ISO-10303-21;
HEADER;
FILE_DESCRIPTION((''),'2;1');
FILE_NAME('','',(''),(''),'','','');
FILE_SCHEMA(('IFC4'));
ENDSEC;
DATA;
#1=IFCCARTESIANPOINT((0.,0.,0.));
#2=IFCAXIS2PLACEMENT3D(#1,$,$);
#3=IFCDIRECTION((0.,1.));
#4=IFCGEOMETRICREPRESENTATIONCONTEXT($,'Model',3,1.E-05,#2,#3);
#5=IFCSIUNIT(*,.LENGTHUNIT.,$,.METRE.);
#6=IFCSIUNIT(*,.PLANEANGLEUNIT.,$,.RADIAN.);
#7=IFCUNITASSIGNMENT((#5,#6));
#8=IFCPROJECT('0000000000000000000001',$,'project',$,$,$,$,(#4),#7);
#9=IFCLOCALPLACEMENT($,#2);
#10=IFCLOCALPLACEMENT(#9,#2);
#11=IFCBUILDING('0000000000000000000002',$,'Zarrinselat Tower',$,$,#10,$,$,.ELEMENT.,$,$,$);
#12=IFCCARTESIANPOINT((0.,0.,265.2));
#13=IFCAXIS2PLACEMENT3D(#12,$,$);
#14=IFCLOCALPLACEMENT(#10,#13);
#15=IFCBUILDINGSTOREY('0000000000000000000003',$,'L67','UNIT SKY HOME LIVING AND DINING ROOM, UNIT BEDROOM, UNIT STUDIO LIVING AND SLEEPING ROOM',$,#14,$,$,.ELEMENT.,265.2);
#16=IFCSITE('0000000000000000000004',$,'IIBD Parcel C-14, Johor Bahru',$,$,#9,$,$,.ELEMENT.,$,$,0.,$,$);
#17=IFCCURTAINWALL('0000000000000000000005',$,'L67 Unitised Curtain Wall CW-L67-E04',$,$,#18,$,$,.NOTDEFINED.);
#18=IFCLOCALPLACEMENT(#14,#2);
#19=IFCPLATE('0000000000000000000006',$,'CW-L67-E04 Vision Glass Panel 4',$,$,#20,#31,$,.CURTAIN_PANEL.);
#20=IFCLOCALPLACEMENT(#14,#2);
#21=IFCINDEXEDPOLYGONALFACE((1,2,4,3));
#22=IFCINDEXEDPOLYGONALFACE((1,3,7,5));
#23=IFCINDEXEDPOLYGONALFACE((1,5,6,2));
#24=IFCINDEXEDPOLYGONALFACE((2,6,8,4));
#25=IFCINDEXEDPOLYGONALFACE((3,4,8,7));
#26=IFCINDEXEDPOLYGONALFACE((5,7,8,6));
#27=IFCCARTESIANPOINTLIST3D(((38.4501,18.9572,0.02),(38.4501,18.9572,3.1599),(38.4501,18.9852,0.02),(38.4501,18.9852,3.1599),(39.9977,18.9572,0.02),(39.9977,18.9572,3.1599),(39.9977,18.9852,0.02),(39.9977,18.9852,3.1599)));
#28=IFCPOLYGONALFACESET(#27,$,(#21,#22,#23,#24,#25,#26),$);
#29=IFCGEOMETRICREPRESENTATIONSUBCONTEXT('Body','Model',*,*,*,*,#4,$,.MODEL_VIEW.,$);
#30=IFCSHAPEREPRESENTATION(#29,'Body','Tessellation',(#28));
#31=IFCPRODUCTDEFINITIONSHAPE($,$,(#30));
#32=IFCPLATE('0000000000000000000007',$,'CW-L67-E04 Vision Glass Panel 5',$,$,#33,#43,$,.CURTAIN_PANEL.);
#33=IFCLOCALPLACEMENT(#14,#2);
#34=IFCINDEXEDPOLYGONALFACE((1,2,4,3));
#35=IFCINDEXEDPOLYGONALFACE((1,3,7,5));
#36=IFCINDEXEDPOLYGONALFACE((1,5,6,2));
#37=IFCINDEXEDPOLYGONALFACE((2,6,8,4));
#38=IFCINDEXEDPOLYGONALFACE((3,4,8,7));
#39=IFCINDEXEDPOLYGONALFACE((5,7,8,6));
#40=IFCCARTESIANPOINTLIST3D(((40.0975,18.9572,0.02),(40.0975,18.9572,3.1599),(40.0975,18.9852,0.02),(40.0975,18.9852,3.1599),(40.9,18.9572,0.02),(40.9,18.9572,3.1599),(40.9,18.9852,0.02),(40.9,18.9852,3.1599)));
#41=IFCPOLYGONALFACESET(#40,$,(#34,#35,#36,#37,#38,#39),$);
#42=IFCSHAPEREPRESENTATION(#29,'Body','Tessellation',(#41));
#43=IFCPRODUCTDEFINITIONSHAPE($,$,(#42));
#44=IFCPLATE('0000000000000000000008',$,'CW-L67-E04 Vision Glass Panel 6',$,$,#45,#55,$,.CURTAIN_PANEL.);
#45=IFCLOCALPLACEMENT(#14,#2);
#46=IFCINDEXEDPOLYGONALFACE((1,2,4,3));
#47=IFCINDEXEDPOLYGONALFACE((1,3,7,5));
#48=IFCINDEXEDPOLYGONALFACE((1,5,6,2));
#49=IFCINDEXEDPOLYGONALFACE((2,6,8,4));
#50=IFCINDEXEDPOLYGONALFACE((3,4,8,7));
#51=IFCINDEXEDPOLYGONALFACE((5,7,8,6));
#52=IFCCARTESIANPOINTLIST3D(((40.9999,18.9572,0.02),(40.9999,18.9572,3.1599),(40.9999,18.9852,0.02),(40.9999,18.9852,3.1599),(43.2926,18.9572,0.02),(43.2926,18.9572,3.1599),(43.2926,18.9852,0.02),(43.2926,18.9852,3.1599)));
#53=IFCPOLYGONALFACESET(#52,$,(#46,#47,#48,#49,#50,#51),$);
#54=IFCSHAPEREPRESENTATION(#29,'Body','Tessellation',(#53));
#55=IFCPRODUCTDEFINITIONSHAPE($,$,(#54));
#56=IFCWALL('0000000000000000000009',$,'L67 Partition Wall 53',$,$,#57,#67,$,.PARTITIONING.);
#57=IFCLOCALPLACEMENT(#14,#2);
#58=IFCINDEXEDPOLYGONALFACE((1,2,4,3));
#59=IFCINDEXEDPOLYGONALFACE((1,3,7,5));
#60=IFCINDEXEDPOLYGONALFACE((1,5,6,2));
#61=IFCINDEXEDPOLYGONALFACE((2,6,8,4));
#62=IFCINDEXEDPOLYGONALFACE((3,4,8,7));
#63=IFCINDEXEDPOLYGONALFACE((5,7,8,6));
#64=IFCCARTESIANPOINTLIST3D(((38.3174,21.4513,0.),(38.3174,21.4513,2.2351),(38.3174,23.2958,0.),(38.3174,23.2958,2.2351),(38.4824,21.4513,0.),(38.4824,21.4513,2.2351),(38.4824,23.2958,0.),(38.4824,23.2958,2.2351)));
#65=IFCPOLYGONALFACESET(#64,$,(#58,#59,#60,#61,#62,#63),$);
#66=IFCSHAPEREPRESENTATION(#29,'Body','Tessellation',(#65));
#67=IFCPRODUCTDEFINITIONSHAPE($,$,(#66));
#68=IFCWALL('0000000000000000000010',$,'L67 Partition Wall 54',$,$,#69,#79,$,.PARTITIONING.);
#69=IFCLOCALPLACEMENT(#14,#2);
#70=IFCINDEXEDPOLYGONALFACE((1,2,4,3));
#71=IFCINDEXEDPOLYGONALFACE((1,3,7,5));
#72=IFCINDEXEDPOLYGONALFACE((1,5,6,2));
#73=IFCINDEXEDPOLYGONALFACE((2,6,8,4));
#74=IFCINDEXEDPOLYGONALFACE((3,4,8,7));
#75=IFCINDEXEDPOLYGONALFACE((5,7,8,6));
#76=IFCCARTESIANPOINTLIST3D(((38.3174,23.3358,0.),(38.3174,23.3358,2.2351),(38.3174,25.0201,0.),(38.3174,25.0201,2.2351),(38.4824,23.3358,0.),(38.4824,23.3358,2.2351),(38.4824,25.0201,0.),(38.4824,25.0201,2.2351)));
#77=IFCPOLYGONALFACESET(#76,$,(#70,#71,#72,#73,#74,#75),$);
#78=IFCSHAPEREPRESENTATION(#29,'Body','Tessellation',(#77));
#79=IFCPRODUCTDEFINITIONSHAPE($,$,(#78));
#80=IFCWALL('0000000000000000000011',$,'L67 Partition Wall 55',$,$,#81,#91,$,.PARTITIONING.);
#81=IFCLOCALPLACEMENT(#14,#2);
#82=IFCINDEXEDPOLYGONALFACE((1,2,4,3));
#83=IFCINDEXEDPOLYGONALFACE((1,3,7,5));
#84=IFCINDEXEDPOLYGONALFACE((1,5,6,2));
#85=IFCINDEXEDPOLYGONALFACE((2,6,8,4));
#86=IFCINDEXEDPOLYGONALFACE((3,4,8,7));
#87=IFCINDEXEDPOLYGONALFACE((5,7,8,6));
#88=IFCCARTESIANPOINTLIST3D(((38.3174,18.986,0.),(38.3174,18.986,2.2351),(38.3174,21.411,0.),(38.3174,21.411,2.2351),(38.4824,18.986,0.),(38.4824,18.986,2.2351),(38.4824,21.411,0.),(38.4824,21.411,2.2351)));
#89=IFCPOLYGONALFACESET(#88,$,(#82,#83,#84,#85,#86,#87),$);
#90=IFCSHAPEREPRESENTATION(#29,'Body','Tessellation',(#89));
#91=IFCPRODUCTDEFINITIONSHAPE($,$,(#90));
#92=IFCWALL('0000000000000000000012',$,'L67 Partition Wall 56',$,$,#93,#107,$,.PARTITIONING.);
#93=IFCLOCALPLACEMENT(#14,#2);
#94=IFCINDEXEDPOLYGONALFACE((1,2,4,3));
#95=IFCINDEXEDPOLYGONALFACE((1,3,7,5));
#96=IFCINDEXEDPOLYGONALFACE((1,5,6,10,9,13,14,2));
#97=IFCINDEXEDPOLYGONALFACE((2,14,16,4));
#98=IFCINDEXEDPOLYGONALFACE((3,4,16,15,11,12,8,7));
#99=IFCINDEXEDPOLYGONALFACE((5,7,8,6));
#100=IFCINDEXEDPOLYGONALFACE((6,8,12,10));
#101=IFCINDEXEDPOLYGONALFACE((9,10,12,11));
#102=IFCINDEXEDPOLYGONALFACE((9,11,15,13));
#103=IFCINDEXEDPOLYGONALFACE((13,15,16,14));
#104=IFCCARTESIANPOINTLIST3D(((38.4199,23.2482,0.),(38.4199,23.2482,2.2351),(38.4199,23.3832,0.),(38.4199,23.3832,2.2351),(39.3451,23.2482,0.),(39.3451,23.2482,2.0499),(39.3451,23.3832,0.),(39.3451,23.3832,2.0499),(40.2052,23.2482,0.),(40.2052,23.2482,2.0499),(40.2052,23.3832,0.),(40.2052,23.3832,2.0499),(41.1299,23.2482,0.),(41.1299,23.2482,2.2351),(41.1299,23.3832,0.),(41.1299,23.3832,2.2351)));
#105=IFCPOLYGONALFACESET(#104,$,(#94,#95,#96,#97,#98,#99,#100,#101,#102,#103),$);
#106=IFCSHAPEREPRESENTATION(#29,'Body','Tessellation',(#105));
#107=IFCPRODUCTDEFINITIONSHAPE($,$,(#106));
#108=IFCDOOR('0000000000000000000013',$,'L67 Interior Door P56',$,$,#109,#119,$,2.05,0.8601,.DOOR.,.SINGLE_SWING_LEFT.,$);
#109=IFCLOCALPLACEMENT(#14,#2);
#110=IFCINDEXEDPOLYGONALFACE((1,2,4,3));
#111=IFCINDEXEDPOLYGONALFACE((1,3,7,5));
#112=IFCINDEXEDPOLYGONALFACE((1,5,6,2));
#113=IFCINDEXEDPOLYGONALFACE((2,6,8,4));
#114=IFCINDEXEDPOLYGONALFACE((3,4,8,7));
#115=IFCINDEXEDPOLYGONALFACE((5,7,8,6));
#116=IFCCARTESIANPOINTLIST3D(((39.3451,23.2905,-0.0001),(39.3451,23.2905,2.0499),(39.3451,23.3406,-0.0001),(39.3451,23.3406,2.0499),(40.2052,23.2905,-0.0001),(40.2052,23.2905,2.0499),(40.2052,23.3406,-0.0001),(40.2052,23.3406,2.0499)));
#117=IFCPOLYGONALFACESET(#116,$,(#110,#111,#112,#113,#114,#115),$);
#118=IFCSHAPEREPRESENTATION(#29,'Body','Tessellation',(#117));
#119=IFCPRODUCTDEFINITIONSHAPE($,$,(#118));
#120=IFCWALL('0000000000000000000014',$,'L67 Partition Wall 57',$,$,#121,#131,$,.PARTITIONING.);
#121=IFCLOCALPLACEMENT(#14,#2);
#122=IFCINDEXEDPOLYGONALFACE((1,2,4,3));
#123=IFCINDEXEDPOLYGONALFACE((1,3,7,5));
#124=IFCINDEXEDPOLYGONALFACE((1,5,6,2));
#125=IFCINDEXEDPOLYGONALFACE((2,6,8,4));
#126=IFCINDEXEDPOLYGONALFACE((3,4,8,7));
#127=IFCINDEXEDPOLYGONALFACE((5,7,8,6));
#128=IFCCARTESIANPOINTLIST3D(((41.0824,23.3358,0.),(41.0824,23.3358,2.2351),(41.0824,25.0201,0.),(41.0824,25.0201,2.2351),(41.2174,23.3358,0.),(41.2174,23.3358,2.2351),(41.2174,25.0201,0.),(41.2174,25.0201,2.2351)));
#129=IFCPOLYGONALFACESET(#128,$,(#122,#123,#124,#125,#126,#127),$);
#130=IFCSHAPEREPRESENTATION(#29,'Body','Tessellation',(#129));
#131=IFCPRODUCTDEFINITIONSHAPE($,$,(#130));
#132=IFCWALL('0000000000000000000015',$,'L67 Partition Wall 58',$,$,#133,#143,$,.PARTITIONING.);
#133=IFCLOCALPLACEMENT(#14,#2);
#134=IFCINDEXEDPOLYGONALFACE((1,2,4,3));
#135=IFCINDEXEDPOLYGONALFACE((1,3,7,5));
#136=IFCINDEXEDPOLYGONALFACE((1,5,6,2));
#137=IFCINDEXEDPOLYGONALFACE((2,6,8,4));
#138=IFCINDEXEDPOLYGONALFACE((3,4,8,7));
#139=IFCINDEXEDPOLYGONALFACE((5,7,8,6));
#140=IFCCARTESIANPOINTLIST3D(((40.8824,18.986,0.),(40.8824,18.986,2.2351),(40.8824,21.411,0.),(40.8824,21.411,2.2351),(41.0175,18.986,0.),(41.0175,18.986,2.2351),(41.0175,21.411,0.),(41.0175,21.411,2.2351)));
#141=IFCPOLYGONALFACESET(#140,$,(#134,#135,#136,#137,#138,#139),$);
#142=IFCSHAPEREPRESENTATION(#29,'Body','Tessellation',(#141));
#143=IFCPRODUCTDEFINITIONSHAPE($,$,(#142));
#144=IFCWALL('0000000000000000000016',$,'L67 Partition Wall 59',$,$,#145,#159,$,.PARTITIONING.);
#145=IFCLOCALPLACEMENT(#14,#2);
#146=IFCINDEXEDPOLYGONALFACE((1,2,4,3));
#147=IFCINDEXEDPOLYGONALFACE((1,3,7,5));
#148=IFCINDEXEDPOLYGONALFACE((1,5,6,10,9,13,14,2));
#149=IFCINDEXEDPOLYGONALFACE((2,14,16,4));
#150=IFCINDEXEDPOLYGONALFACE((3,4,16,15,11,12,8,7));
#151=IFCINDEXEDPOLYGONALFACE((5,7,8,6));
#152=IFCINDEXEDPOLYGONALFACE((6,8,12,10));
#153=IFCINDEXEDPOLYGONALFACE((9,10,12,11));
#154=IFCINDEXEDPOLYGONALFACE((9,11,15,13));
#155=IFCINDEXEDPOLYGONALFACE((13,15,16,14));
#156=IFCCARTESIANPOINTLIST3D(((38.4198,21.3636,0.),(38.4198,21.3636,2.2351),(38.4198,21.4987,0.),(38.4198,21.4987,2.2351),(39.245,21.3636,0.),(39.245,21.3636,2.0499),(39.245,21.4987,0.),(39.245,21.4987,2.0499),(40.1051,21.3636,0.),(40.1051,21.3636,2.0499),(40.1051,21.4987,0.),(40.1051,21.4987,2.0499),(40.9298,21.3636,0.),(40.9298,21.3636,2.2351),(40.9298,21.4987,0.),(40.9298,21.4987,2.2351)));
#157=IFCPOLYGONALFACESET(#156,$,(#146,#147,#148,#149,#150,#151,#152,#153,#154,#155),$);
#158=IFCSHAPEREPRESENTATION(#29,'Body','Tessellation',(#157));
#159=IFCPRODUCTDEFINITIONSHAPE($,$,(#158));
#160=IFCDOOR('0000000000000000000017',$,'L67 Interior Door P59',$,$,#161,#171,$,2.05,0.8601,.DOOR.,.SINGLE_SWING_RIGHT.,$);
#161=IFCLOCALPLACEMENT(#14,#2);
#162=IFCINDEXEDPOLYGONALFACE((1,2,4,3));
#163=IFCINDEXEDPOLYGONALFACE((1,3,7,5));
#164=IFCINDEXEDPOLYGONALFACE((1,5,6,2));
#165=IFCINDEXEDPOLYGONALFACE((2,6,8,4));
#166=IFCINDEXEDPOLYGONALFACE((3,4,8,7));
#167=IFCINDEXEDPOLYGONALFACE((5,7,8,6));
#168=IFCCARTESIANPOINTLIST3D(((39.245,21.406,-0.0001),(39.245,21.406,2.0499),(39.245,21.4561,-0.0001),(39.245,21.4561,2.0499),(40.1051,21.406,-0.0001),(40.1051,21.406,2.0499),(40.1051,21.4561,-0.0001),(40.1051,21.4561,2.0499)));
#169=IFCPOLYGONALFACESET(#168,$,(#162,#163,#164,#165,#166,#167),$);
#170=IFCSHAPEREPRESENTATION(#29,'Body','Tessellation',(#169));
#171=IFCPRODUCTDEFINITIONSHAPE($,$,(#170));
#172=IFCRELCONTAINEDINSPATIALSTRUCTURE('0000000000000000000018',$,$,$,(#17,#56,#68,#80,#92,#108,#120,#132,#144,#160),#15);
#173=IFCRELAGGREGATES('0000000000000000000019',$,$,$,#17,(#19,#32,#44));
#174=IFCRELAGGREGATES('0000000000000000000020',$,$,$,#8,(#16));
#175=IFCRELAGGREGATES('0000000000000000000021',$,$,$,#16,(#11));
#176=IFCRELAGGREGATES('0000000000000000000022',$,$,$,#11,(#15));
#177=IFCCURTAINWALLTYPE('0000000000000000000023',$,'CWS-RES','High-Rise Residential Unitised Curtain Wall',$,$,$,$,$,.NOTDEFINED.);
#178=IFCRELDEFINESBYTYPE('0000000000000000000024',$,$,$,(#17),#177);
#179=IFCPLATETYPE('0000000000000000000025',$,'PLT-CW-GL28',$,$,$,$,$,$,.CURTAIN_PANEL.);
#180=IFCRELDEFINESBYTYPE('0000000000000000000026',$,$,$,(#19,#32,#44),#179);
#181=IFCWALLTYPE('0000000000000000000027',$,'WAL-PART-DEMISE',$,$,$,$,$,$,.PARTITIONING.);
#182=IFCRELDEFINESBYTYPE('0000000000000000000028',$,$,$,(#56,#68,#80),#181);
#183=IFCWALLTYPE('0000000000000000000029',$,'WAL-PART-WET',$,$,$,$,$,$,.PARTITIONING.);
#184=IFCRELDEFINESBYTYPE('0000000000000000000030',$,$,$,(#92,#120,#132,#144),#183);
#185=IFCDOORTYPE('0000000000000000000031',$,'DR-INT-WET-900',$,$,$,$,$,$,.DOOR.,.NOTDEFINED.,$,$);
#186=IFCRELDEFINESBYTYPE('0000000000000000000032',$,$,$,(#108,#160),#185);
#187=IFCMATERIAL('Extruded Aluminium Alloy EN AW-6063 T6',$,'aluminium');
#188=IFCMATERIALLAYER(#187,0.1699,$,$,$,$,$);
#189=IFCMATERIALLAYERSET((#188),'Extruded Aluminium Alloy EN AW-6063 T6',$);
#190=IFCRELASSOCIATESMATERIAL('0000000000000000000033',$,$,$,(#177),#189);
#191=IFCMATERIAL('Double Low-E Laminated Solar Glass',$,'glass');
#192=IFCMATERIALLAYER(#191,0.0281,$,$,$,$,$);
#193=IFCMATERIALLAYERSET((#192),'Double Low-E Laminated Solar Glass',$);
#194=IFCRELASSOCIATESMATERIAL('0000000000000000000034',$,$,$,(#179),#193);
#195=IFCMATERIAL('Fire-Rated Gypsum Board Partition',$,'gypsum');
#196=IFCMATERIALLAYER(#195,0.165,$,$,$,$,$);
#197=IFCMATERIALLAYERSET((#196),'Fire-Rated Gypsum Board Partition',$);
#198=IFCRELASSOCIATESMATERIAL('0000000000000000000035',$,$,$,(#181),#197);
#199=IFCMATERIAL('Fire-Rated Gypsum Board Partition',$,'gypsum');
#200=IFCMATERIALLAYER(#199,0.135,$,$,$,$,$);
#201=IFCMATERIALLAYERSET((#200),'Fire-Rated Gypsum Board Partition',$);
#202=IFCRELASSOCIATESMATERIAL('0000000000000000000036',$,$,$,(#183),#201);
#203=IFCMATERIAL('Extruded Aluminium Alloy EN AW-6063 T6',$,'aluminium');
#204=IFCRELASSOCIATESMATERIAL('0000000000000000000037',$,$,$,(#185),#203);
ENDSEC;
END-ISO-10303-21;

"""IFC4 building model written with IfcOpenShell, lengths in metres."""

from ifc_helpers import new_model, si_unit, direction, frame, frame_2d, origin, origin_2d, place, context, subcontext, project, spatial, rectangle, extrude, material, layer, layer_set, type_object, element, fill, aggregate, save


model = new_model("IFC4")

# Units and contexts
model_context = context("Model", 3, precision=1e-05, world=origin(), true_north=direction((0.0, 1.0)))
body_context = subcontext(model_context, "Body", "Model", "MODEL_VIEW")
ifc_project = project(units=[si_unit("LENGTHUNIT", "METRE"), si_unit("PLANEANGLEUNIT", "RADIAN")], contexts=[model_context])

# Site, building, storey
site_placement = place(None, origin())
site = spatial("IfcSite", under=ifc_project, at=site_placement, Name="IIBD Parcel C-14, Johor Bahru", CompositionType="ELEMENT", RefElevation=0.0)
building_placement = place(site_placement, origin())
building = spatial("IfcBuilding", under=site, at=building_placement, Name="Zarrinselat Tower", CompositionType="ELEMENT")
storey_placement = place(building_placement, frame((0.0, 0.0, 265.2)))
storey = spatial("IfcBuildingStorey", under=building, at=storey_placement, Name="L67", Description="UNIT SKY HOME LIVING AND DINING ROOM, UNIT BEDROOM, UNIT STUDIO LIVING AND SLEEPING ROOM", CompositionType="ELEMENT", Elevation=265.2)

# Curtain wall, plates
ifc_material_1 = material(Name="Extruded Aluminium Alloy EN AW-6063 T6", Category="aluminium")
ifc_layer_1 = layer(ifc_material_1, 0.1699)
ifc_layer_set_1 = layer_set([ifc_layer_1], Name="Extruded Aluminium Alloy EN AW-6063 T6")
curtain_wall_type = type_object("IfcCurtainWallType", Name="CWS-RES", Description="High-Rise Residential Unitised Curtain Wall", PredefinedType="NOTDEFINED", material=ifc_layer_set_1)
curtain_wall_placement = place(storey_placement, origin())
curtain_wall = element("IfcCurtainWall", 1, at=curtain_wall_placement, inside=storey, type_object=curtain_wall_type, Name="L67 Unitised Curtain Wall CW-L67-E04", PredefinedType="NOTDEFINED")
ifc_material_2 = material(Name="Double Low-E Laminated Solar Glass", Category="glass")
ifc_layer_2 = layer(ifc_material_2, 0.0281)
ifc_layer_set_2 = layer_set([ifc_layer_2], Name="Double Low-E Laminated Solar Glass")
plate_type = type_object("IfcPlateType", Name="PLT-CW-GL28", PredefinedType="CURTAIN_PANEL", material=ifc_layer_set_2)
plate_1_placement = place(storey_placement, frame((39.2239, 18.9712, 0.02), z_axis=(0.0, 0.0, 1.0), x_axis=(1.0, 0.0, 0.0)))
plate_1 = element("IfcPlate", 2, at=plate_1_placement, type_object=plate_type, Name="CW-L67-E04 Vision Glass Panel 4", PredefinedType="CURTAIN_PANEL", context=body_context, shape_type="SweptSolid", body=[
    extrude(rectangle(XDim=1.5476, YDim=0.0281, at=origin_2d()), origin(), (0.0, 0.0, 1.0), 3.1399),
])
plate_2_placement = place(storey_placement, frame((40.4988, 18.9712, 0.02), z_axis=(0.0, 0.0, 1.0), x_axis=(1.0, 0.0, 0.0)))
plate_2 = element("IfcPlate", 3, at=plate_2_placement, type_object=plate_type, Name="CW-L67-E04 Vision Glass Panel 5", PredefinedType="CURTAIN_PANEL", context=body_context, shape_type="SweptSolid", body=[
    extrude(rectangle(XDim=0.8025, YDim=0.0281, at=origin_2d()), origin(), (0.0, 0.0, 1.0), 3.1399),
])
plate_3_placement = place(storey_placement, frame((42.1462, 18.9712, 0.02), z_axis=(0.0, 0.0, 1.0), x_axis=(1.0, 0.0, 0.0)))
plate_3 = element("IfcPlate", 4, at=plate_3_placement, type_object=plate_type, Name="CW-L67-E04 Vision Glass Panel 6", PredefinedType="CURTAIN_PANEL", context=body_context, shape_type="SweptSolid", body=[
    extrude(rectangle(XDim=2.2927, YDim=0.0281, at=origin_2d()), origin(), (0.0, 0.0, 1.0), 3.1399),
])
aggregate(curtain_wall, [plate_1, plate_2, plate_3])

# Walls
ifc_material_3 = material(Name="Fire-Rated Gypsum Board Partition", Category="gypsum")
ifc_layer_3 = layer(ifc_material_3, 0.165)
ifc_layer_set_3 = layer_set([ifc_layer_3], Name="Fire-Rated Gypsum Board Partition")
wall_type_1 = type_object("IfcWallType", Name="WAL-PART-DEMISE", PredefinedType="PARTITIONING", material=ifc_layer_set_3)
wall_1_placement = place(storey_placement, frame((38.3999, 21.4512, 0.0), z_axis=(0.0, 0.0, 1.0), x_axis=(0.0, 1.0, 0.0)))
element("IfcWall", 5, at=wall_1_placement, inside=storey, type_object=wall_type_1, Name="L67 Partition Wall 53", PredefinedType="PARTITIONING", context=body_context, shape_type="SweptSolid", body=[
    extrude(rectangle(XDim=1.8445, YDim=0.165, at=frame_2d((0.9224, 0.0))), origin(), (0.0, 0.0, 1.0), 2.2351),
])
wall_2_placement = place(storey_placement, frame((38.3999, 23.3357, 0.0), z_axis=(0.0, 0.0, 1.0), x_axis=(0.0, 1.0, 0.0)))
element("IfcWall", 6, at=wall_2_placement, inside=storey, type_object=wall_type_1, Name="L67 Partition Wall 54", PredefinedType="PARTITIONING", context=body_context, shape_type="SweptSolid", body=[
    extrude(rectangle(XDim=1.6843, YDim=0.165, at=frame_2d((0.8423, 0.0))), origin(), (0.0, 0.0, 1.0), 2.2351),
])
wall_3_placement = place(storey_placement, frame((38.3999, 18.9861, 0.0), z_axis=(0.0, 0.0, 1.0), x_axis=(0.0, 1.0, 0.0)))
element("IfcWall", 7, at=wall_3_placement, inside=storey, type_object=wall_type_1, Name="L67 Partition Wall 55", PredefinedType="PARTITIONING", context=body_context, shape_type="SweptSolid", body=[
    extrude(rectangle(XDim=2.425, YDim=0.165, at=frame_2d((1.2124, 0.0))), origin(), (0.0, 0.0, 1.0), 2.2351),
])

# Wall, opening, door
ifc_material_4 = material(Name="Fire-Rated Gypsum Board Partition", Category="gypsum")
ifc_layer_4 = layer(ifc_material_4, 0.135)
ifc_layer_set_4 = layer_set([ifc_layer_4], Name="Fire-Rated Gypsum Board Partition")
wall_type_2 = type_object("IfcWallType", Name="WAL-PART-WET", PredefinedType="PARTITIONING", material=ifc_layer_set_4)
wall_4_placement = place(storey_placement, frame((38.4199, 23.3157, 0.0), z_axis=(0.0, 0.0, 1.0), x_axis=(1.0, 0.0, 0.0)))
wall_4 = element("IfcWall", 8, at=wall_4_placement, inside=storey, type_object=wall_type_2, Name="L67 Partition Wall 56", PredefinedType="PARTITIONING", context=body_context, shape_type="SweptSolid", body=[
    extrude(rectangle(XDim=2.71, YDim=0.135, at=frame_2d((1.355, 0.0))), origin(), (0.0, 0.0, 1.0), 2.2351),
])
opening_1_placement = place(wall_4_placement, frame((0.925, 0.0, 0.0)))
opening_1 = element("IfcOpeningElement", 9, at=opening_1_placement, cuts=wall_4, PredefinedType="OPENING", context=body_context, shape_type="SweptSolid", body=[
    extrude(rectangle(XDim=0.8601, YDim=2.05, at=frame_2d((0.4302, 1.0249))), frame((0.0, 0.0774, 0.0), z_axis=(0.0, -1.0, 0.0), x_axis=(1.0, 0.0, 0.0)), (0.0, 0.0, 1.0), 0.155),
])
ifc_material_5 = material(Name="Extruded Aluminium Alloy EN AW-6063 T6", Category="aluminium")
door_type = type_object("IfcDoorType", Name="DR-INT-WET-900", OperationType="NOTDEFINED", PredefinedType="DOOR", material=ifc_material_5)
door_1_placement = place(opening_1_placement, origin())
door_1 = element("IfcDoor", 10, at=door_1_placement, inside=storey, type_object=door_type, Name="L67 Interior Door P56", OperationType="SINGLE_SWING_LEFT", OverallHeight=2.05, OverallWidth=0.8601, PredefinedType="DOOR", context=body_context, shape_type="SweptSolid", body=[
    extrude(rectangle(XDim=0.8601, YDim=2.05, at=frame_2d((0.4302, 1.0249))), frame((0.0, 0.0249, 0.0), z_axis=(0.0, -1.0, 0.0), x_axis=(1.0, 0.0, 0.0)), (0.0, 0.0, 1.0), 0.05),
])
fill(opening_1, door_1)

# Walls
wall_5_placement = place(storey_placement, frame((41.1499, 23.3357, 0.0), z_axis=(0.0, 0.0, 1.0), x_axis=(0.0, 1.0, 0.0)))
element("IfcWall", 11, at=wall_5_placement, inside=storey, type_object=wall_type_2, Name="L67 Partition Wall 57", PredefinedType="PARTITIONING", context=body_context, shape_type="SweptSolid", body=[
    extrude(rectangle(XDim=1.6843, YDim=0.135, at=frame_2d((0.8423, 0.0))), origin(), (0.0, 0.0, 1.0), 2.2351),
])
wall_6_placement = place(storey_placement, frame((40.95, 18.9861, 0.0), z_axis=(0.0, 0.0, 1.0), x_axis=(0.0, 1.0, 0.0)))
element("IfcWall", 12, at=wall_6_placement, inside=storey, type_object=wall_type_2, Name="L67 Partition Wall 58", PredefinedType="PARTITIONING", context=body_context, shape_type="SweptSolid", body=[
    extrude(rectangle(XDim=2.425, YDim=0.135, at=frame_2d((1.2124, 0.0))), origin(), (0.0, 0.0, 1.0), 2.2351),
])

# Wall, opening, door
wall_7_placement = place(storey_placement, frame((38.4199, 21.4312, 0.0), z_axis=(0.0, 0.0, 1.0), x_axis=(1.0, 0.0, 0.0)))
wall_7 = element("IfcWall", 13, at=wall_7_placement, inside=storey, type_object=wall_type_2, Name="L67 Partition Wall 59", PredefinedType="PARTITIONING", context=body_context, shape_type="SweptSolid", body=[
    extrude(rectangle(XDim=2.51, YDim=0.135, at=frame_2d((1.2549, 0.0))), origin(), (0.0, 0.0, 1.0), 2.2351),
])
opening_2_placement = place(wall_7_placement, frame((0.825, 0.0, 0.0)))
opening_2 = element("IfcOpeningElement", 14, at=opening_2_placement, cuts=wall_7, PredefinedType="OPENING", context=body_context, shape_type="SweptSolid", body=[
    extrude(rectangle(XDim=0.8601, YDim=2.05, at=frame_2d((0.4302, 1.0249))), frame((0.0, 0.0774, 0.0), z_axis=(0.0, -1.0, 0.0), x_axis=(1.0, 0.0, 0.0)), (0.0, 0.0, 1.0), 0.155),
])
door_2_placement = place(opening_2_placement, origin())
door_2 = element("IfcDoor", 15, at=door_2_placement, inside=storey, type_object=door_type, Name="L67 Interior Door P59", OperationType="SINGLE_SWING_RIGHT", OverallHeight=2.05, OverallWidth=0.8601, PredefinedType="DOOR", context=body_context, shape_type="SweptSolid", body=[
    extrude(rectangle(XDim=0.8601, YDim=2.05, at=frame_2d((0.4302, 1.0249))), frame((0.0, 0.0249, 0.0), z_axis=(0.0, -1.0, 0.0), x_axis=(1.0, 0.0, 0.0)), (0.0, 0.0, 1.0), 0.05),
])
fill(opening_2, door_2)

save(model, "model.ifc")
